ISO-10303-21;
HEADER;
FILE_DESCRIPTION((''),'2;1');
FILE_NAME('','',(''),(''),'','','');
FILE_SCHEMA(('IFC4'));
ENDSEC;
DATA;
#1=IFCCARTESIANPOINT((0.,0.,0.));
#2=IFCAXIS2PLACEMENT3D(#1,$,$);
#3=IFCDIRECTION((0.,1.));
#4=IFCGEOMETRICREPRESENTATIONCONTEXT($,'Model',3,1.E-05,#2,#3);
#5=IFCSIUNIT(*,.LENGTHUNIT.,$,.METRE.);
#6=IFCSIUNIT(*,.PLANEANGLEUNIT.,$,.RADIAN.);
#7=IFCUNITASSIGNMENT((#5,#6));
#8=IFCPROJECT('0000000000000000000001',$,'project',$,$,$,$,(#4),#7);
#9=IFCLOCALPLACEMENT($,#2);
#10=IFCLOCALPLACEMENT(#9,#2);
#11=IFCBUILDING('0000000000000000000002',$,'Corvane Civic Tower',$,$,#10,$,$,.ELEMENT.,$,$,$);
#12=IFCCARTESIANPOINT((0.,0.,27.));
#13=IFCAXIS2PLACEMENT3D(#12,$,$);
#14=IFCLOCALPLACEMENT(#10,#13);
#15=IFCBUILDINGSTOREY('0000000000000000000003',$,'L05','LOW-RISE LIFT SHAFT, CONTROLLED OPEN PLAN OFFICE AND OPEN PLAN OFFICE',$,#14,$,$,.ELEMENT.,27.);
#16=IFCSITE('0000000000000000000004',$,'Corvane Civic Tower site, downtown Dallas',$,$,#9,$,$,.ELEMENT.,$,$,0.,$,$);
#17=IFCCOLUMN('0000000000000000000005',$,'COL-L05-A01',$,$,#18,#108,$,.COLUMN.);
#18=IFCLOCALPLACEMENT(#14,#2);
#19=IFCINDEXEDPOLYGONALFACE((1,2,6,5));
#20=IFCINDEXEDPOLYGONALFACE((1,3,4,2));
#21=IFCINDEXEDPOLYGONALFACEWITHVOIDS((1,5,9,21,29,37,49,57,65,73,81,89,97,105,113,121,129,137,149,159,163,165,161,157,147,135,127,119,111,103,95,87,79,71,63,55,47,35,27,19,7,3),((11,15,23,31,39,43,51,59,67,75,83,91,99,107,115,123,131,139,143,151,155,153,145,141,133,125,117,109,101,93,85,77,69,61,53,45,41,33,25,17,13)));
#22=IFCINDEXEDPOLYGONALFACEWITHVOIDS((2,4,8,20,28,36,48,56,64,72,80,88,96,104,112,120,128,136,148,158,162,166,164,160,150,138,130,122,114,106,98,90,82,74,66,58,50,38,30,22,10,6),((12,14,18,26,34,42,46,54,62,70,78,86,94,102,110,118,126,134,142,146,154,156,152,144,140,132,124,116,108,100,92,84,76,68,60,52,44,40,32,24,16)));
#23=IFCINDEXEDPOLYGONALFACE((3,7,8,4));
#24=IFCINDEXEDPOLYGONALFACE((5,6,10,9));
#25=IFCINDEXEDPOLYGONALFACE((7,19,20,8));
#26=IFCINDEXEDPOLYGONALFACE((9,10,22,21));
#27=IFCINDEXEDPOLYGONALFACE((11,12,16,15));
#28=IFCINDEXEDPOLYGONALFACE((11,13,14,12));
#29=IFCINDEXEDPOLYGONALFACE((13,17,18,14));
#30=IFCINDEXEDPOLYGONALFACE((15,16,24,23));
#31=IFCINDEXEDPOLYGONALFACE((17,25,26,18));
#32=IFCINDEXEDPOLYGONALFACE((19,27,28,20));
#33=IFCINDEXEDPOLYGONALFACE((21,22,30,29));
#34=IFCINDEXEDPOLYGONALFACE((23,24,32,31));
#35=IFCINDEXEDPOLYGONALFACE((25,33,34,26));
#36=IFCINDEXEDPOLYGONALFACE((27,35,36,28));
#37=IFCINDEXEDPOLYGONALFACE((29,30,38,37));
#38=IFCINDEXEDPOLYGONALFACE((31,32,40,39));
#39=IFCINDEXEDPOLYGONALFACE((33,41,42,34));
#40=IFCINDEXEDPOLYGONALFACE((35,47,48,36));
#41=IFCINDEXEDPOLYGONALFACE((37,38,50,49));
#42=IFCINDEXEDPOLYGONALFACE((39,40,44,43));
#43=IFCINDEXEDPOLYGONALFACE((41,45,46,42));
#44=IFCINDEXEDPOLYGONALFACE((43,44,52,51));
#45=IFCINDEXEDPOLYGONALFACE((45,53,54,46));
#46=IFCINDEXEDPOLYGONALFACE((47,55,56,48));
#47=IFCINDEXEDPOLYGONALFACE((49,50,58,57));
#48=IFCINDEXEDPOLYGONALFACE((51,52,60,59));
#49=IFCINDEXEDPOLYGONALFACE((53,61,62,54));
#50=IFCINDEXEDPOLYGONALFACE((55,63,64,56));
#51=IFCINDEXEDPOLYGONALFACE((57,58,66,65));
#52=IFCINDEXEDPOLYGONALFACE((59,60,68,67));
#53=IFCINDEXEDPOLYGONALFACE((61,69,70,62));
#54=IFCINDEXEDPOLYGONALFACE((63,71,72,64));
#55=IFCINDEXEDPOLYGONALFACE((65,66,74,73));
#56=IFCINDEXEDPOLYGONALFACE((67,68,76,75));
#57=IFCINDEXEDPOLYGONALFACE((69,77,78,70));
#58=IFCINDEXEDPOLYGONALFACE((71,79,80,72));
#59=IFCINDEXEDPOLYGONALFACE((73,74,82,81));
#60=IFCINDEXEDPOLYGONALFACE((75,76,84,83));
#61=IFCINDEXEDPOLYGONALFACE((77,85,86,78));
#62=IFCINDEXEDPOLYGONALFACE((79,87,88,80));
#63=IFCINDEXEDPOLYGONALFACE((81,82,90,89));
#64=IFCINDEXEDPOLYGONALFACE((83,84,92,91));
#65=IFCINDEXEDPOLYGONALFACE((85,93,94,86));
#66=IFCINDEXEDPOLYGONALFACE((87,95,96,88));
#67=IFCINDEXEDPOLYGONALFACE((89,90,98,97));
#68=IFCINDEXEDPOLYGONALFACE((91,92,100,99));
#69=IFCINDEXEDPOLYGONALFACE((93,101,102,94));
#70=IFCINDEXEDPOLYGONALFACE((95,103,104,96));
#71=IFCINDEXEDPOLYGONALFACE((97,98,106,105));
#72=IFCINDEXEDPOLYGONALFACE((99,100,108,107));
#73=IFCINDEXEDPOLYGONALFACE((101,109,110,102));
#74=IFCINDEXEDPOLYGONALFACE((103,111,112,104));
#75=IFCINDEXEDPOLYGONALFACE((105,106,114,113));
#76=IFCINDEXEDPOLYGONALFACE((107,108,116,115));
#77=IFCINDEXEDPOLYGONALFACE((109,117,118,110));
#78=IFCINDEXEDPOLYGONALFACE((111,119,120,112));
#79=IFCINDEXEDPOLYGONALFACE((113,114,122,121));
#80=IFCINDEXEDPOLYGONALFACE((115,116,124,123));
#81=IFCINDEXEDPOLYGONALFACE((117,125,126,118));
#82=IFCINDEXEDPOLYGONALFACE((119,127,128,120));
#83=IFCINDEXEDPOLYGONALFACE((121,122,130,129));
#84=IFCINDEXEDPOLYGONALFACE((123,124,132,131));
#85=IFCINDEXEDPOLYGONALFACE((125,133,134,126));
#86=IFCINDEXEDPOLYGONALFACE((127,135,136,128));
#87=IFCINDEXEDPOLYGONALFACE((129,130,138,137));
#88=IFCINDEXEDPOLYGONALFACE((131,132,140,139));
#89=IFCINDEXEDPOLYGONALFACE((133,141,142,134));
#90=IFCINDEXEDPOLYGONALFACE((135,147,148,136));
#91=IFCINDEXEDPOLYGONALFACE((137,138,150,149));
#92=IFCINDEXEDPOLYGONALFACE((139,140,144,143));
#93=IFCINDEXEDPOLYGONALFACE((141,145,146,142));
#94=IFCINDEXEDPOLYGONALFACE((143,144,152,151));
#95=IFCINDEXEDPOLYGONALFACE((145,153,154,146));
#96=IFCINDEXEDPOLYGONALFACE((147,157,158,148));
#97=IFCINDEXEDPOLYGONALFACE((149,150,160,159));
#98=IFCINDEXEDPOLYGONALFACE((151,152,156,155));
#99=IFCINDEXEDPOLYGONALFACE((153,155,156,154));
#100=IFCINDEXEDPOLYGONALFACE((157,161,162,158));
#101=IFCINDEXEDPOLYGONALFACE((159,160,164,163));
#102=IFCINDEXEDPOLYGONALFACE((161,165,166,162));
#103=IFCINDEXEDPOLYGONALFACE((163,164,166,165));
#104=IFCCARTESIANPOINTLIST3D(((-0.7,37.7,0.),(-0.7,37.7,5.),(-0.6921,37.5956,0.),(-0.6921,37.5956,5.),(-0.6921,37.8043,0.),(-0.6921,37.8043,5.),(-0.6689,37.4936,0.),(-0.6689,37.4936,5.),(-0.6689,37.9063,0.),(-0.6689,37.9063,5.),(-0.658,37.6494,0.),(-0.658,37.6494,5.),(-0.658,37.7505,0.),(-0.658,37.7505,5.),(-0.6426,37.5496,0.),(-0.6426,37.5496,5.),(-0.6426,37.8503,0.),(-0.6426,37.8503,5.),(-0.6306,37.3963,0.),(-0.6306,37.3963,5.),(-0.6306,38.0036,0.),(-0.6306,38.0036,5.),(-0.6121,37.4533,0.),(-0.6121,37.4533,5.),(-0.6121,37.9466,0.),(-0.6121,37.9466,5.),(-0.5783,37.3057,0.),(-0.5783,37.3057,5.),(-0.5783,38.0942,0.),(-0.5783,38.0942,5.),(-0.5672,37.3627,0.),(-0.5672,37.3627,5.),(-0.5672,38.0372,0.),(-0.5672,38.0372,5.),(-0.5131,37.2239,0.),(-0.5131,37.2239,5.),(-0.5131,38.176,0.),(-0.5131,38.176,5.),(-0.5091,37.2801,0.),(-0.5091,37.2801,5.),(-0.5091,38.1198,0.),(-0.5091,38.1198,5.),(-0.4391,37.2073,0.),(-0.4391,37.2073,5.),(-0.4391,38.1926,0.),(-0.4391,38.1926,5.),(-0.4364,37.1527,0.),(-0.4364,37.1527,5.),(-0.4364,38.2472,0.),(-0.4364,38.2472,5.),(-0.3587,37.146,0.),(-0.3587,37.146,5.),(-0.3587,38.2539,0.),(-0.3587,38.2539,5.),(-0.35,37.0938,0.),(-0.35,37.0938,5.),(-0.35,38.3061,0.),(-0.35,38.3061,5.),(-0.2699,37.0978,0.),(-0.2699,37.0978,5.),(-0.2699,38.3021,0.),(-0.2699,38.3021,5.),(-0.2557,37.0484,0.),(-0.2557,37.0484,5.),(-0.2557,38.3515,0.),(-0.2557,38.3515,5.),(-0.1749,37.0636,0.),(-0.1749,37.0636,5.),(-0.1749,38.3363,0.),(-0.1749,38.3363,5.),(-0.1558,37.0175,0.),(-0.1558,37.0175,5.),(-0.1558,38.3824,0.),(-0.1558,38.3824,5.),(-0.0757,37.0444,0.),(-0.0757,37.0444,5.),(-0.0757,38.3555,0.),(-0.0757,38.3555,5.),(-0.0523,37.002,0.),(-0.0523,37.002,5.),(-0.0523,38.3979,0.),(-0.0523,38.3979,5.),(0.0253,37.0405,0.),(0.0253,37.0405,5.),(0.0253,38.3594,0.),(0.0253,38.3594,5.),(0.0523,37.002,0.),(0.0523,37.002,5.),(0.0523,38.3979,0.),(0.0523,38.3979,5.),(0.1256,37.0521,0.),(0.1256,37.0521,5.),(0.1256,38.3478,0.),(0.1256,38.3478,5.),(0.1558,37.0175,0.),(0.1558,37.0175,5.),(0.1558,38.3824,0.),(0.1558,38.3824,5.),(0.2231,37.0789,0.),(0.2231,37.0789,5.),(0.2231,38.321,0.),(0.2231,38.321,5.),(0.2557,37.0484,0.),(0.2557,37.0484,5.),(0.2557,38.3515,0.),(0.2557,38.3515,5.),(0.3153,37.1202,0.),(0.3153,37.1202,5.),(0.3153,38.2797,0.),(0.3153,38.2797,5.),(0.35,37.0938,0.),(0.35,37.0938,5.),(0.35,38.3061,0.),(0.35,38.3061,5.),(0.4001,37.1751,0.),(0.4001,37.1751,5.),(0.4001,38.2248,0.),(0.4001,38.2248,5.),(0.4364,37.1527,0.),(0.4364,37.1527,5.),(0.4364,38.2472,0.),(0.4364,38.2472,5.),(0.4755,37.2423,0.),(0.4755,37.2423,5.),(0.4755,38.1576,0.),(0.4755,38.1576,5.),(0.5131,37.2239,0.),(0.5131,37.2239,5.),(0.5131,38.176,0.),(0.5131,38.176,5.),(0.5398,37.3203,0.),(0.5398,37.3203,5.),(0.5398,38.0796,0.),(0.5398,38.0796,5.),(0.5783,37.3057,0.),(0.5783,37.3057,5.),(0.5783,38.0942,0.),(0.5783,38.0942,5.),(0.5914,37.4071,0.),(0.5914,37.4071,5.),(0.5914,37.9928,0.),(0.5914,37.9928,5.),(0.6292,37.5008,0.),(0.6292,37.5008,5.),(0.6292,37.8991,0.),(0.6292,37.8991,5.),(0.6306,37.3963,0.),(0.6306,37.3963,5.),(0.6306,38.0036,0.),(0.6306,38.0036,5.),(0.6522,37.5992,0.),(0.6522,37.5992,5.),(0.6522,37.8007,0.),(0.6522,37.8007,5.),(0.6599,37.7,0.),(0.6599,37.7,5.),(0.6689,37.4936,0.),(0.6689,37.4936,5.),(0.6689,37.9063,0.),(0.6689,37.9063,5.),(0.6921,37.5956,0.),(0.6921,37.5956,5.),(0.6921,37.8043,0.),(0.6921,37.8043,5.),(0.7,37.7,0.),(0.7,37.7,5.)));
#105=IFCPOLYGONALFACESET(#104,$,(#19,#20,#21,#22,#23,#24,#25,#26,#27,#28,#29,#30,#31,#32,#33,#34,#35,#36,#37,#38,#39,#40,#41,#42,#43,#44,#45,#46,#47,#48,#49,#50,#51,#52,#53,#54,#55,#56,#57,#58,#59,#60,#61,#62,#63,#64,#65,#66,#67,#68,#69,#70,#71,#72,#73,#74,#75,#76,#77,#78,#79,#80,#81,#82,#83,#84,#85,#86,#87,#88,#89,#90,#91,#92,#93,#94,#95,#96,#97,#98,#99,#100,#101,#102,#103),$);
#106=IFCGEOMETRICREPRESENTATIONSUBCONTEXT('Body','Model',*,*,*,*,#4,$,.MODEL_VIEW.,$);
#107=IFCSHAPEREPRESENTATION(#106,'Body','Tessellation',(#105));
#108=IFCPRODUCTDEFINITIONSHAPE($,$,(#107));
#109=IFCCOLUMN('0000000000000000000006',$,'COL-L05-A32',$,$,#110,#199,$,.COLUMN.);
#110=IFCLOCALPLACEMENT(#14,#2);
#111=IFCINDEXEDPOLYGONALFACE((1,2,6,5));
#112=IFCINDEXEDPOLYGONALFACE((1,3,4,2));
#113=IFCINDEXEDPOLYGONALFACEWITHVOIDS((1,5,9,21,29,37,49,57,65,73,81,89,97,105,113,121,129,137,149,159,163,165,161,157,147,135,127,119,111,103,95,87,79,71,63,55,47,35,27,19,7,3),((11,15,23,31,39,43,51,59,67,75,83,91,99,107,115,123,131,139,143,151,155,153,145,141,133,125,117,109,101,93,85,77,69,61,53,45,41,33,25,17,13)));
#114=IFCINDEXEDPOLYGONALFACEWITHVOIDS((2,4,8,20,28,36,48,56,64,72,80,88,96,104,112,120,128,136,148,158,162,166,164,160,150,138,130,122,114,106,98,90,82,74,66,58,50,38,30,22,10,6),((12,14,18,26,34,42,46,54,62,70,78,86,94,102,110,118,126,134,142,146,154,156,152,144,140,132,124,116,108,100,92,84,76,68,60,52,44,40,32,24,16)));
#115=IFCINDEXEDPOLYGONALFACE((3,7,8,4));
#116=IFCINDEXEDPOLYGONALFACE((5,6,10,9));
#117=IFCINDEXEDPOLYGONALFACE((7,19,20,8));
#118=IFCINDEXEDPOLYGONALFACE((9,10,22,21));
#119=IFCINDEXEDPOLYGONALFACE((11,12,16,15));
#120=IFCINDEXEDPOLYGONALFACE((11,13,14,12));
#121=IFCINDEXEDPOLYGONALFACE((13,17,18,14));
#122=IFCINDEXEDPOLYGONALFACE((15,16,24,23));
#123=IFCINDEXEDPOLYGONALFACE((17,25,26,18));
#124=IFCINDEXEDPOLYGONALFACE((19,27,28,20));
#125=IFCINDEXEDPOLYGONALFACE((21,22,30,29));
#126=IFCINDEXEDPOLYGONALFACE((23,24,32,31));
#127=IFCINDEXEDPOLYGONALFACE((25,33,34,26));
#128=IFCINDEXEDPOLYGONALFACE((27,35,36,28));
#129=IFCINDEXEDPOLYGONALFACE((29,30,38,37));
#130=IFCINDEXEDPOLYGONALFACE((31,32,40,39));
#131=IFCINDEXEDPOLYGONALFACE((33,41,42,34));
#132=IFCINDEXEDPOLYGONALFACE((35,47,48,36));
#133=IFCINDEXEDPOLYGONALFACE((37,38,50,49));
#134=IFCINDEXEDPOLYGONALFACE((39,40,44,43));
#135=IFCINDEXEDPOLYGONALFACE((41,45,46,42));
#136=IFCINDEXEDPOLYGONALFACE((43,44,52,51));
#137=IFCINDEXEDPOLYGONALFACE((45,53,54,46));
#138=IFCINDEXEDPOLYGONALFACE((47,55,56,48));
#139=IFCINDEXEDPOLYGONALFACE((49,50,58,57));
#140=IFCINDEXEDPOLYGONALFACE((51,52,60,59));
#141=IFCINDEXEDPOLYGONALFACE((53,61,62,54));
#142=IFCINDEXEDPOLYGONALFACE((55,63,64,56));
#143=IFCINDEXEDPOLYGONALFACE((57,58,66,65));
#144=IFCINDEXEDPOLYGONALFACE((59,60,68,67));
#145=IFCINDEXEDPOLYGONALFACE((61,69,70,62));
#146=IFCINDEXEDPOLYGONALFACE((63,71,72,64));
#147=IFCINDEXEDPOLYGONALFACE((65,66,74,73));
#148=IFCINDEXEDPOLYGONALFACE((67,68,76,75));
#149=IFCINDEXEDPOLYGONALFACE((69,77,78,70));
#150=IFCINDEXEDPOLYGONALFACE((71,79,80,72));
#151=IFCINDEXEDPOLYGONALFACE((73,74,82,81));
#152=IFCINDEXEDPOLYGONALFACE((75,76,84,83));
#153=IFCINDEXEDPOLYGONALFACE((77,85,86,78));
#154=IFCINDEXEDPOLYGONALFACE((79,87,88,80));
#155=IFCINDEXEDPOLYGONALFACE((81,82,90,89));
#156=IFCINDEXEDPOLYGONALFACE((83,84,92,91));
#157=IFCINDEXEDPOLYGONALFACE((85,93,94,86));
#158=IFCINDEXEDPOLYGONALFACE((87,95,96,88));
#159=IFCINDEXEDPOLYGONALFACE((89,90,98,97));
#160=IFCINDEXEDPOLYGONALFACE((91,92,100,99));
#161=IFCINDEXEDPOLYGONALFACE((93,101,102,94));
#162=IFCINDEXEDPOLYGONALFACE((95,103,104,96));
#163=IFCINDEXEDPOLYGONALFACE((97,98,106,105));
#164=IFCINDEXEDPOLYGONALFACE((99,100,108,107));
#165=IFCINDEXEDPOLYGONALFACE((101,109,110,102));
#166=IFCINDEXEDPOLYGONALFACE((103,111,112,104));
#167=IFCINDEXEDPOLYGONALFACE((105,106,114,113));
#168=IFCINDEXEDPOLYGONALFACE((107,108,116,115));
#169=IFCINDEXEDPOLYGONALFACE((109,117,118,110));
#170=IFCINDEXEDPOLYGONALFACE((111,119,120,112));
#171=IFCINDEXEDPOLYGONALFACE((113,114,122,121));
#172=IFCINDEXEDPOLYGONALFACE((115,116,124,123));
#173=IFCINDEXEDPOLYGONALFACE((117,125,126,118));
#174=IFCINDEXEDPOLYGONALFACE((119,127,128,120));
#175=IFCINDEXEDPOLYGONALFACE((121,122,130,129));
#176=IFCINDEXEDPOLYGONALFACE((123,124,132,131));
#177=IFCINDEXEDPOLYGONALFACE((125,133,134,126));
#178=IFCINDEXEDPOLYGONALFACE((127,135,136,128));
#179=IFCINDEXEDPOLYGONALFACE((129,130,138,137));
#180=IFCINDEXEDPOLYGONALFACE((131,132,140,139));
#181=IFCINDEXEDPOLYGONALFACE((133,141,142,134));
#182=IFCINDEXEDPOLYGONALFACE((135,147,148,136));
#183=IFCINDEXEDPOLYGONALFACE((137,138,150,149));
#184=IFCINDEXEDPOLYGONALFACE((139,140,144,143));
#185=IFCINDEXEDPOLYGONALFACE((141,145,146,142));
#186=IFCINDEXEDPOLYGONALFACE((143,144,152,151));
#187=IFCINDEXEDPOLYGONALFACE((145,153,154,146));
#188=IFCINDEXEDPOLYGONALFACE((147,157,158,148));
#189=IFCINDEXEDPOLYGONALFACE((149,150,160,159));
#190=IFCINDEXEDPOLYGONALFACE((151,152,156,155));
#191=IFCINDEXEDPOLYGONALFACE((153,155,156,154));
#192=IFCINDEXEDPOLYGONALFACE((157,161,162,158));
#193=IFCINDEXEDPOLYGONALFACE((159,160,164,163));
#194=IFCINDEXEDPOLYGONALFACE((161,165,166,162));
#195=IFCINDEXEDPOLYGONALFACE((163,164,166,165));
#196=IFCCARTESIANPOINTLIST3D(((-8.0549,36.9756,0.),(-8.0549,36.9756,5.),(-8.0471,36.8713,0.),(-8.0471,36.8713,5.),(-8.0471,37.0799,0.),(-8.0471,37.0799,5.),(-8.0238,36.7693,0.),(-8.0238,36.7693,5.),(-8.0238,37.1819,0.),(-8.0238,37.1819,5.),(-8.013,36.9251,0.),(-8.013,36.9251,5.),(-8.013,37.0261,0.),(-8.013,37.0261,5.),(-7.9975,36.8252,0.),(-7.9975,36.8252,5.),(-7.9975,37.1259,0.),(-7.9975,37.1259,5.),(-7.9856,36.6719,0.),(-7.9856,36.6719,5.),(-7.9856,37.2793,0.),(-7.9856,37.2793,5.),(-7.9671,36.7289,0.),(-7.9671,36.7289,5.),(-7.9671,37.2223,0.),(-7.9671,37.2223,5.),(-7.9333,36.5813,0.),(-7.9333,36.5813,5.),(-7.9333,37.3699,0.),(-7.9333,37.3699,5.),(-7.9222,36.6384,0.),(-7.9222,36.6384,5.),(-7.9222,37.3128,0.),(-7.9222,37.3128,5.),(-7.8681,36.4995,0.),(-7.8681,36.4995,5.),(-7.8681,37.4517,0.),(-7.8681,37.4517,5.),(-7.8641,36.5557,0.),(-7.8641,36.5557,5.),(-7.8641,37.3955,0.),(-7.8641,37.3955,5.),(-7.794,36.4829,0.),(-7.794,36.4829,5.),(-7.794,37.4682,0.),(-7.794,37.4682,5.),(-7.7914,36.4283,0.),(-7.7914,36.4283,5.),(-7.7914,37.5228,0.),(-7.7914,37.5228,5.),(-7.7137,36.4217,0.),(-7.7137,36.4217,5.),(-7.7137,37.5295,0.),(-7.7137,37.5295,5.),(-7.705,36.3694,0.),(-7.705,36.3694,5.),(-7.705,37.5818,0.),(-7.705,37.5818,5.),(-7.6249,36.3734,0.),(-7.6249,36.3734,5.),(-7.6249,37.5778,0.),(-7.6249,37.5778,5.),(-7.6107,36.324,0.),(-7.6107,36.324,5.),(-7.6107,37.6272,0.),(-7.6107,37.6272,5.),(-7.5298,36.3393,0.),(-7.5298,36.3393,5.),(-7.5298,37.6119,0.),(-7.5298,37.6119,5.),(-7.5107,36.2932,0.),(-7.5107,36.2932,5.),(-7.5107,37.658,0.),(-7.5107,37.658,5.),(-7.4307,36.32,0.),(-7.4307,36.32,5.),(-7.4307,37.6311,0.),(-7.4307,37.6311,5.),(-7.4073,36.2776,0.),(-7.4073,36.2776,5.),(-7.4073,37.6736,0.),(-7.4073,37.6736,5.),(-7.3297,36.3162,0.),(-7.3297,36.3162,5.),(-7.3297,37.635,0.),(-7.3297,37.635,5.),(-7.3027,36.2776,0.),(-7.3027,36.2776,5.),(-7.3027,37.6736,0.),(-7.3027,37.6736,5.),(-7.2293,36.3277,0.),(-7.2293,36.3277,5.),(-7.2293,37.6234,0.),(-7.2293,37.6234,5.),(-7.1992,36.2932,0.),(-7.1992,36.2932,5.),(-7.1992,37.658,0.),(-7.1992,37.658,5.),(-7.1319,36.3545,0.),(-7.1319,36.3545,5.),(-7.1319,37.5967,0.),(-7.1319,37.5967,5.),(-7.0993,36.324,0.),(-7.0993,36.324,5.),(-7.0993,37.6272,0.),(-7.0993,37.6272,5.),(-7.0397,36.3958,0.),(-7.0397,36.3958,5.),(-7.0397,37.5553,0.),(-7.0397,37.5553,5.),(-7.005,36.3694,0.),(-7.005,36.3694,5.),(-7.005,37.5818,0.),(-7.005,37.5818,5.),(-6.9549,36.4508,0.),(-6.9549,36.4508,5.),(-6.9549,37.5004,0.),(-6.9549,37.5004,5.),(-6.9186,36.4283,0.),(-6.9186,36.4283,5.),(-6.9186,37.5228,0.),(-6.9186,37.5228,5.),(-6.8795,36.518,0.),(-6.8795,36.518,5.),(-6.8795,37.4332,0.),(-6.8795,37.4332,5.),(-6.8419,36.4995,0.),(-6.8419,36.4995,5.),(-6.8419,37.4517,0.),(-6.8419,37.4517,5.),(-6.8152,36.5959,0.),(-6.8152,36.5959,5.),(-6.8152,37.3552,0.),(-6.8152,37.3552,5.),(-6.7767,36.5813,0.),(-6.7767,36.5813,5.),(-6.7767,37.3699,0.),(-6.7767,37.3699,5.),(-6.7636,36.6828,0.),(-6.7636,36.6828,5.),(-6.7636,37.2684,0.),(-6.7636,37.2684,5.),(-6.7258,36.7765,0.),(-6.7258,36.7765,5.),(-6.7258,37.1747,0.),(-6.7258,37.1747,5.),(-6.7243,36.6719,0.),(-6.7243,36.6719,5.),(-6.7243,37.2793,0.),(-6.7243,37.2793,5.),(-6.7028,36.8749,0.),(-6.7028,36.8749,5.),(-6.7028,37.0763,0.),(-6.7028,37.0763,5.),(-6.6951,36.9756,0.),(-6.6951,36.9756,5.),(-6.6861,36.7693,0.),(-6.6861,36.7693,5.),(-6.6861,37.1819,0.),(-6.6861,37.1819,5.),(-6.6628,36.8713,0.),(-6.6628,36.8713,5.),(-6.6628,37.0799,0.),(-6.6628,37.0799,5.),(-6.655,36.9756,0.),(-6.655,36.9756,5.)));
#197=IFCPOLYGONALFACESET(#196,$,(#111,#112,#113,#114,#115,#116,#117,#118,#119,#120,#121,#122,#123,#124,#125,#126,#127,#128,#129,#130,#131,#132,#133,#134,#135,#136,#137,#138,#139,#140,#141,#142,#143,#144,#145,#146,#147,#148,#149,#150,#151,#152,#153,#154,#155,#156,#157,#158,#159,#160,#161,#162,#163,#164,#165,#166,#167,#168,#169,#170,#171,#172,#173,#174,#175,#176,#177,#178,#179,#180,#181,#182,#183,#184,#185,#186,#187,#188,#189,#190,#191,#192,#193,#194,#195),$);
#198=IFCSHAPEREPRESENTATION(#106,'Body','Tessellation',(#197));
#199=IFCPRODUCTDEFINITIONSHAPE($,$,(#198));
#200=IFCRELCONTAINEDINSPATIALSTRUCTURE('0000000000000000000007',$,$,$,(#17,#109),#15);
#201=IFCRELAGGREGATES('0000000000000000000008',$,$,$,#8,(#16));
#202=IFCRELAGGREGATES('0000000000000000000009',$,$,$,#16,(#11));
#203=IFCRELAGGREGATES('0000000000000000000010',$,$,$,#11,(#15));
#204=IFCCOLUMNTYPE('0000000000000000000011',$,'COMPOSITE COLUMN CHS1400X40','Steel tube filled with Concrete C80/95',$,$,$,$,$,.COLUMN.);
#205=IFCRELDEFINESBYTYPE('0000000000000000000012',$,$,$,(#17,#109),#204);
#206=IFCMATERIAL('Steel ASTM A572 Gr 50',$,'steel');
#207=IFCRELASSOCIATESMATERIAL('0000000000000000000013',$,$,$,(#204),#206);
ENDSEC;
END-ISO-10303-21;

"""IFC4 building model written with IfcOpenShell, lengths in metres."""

from ifc_helpers import new_model, si_unit, direction, frame, origin, origin_2d, place, context, subcontext, project, spatial, hollow_circle, extrude, material, material_profile, profile_set, type_object, element, save


model = new_model("IFC4")

# Units and contexts
model_context = context("Model", 3, precision=1e-05, world=origin(), true_north=direction((0.0, 1.0)))
body_context = subcontext(model_context, "Body", "Model", "MODEL_VIEW")
ifc_project = project(units=[si_unit("LENGTHUNIT", "METRE"), si_unit("PLANEANGLEUNIT", "RADIAN")], contexts=[model_context])

# Site, building, storey
site_placement = place(None, origin())
site = spatial("IfcSite", under=ifc_project, at=site_placement, Name="Corvane Civic Tower site, downtown Dallas", CompositionType="ELEMENT", RefElevation=0.0)
building_placement = place(site_placement, origin())
building = spatial("IfcBuilding", under=site, at=building_placement, Name="Corvane Civic Tower", CompositionType="ELEMENT")
storey_placement = place(building_placement, frame((0.0, 0.0, 27.0)))
storey = spatial("IfcBuildingStorey", under=building, at=storey_placement, Name="L05", Description="LOW-RISE LIFT SHAFT, CONTROLLED OPEN PLAN OFFICE AND OPEN PLAN OFFICE", CompositionType="ELEMENT", Elevation=27.0)

# Columns
ifc_material_1 = material(Name="Steel ASTM A572 Gr 50", Category="steel")
ifc_material_profile_1 = material_profile(ifc_material_1, hollow_circle(Radius=0.7, WallThickness=0.04, at=origin_2d()), Name="CHS1400X40")
ifc_profile_set_1 = profile_set([ifc_material_profile_1], Name="Steel ASTM A572 Gr 50")
column_type_1 = type_object("IfcColumnType", Name="COMPOSITE COLUMN CHS1400X40", Description="Steel tube filled with Concrete C80/95", PredefinedType="COLUMN", material=ifc_profile_set_1)
for number, where, z_axis, x_axis, name in (
    (1, (0.0, 37.7, 0.0), (0.0, 0.0, 1.0), (1.0, 0.0, 0.0), "COL-L05-A01"),
    (2, (-7.355, 36.9756, 0.0), (0.0, 0.0, 1.0), (1.0, 0.0, 0.0), "COL-L05-A32"),
):
    element("IfcColumn", number, at=place(storey_placement, frame(where, z_axis=z_axis, x_axis=x_axis)), inside=storey, type_object=column_type_1, Name=name, PredefinedType="COLUMN", context=body_context, shape_type="SweptSolid", body=[
        extrude(hollow_circle(Radius=0.7, WallThickness=0.04, at=origin_2d()), origin(), (0.0, 0.0, 1.0), 5.0),
    ])

save(model, "model.ifc")
